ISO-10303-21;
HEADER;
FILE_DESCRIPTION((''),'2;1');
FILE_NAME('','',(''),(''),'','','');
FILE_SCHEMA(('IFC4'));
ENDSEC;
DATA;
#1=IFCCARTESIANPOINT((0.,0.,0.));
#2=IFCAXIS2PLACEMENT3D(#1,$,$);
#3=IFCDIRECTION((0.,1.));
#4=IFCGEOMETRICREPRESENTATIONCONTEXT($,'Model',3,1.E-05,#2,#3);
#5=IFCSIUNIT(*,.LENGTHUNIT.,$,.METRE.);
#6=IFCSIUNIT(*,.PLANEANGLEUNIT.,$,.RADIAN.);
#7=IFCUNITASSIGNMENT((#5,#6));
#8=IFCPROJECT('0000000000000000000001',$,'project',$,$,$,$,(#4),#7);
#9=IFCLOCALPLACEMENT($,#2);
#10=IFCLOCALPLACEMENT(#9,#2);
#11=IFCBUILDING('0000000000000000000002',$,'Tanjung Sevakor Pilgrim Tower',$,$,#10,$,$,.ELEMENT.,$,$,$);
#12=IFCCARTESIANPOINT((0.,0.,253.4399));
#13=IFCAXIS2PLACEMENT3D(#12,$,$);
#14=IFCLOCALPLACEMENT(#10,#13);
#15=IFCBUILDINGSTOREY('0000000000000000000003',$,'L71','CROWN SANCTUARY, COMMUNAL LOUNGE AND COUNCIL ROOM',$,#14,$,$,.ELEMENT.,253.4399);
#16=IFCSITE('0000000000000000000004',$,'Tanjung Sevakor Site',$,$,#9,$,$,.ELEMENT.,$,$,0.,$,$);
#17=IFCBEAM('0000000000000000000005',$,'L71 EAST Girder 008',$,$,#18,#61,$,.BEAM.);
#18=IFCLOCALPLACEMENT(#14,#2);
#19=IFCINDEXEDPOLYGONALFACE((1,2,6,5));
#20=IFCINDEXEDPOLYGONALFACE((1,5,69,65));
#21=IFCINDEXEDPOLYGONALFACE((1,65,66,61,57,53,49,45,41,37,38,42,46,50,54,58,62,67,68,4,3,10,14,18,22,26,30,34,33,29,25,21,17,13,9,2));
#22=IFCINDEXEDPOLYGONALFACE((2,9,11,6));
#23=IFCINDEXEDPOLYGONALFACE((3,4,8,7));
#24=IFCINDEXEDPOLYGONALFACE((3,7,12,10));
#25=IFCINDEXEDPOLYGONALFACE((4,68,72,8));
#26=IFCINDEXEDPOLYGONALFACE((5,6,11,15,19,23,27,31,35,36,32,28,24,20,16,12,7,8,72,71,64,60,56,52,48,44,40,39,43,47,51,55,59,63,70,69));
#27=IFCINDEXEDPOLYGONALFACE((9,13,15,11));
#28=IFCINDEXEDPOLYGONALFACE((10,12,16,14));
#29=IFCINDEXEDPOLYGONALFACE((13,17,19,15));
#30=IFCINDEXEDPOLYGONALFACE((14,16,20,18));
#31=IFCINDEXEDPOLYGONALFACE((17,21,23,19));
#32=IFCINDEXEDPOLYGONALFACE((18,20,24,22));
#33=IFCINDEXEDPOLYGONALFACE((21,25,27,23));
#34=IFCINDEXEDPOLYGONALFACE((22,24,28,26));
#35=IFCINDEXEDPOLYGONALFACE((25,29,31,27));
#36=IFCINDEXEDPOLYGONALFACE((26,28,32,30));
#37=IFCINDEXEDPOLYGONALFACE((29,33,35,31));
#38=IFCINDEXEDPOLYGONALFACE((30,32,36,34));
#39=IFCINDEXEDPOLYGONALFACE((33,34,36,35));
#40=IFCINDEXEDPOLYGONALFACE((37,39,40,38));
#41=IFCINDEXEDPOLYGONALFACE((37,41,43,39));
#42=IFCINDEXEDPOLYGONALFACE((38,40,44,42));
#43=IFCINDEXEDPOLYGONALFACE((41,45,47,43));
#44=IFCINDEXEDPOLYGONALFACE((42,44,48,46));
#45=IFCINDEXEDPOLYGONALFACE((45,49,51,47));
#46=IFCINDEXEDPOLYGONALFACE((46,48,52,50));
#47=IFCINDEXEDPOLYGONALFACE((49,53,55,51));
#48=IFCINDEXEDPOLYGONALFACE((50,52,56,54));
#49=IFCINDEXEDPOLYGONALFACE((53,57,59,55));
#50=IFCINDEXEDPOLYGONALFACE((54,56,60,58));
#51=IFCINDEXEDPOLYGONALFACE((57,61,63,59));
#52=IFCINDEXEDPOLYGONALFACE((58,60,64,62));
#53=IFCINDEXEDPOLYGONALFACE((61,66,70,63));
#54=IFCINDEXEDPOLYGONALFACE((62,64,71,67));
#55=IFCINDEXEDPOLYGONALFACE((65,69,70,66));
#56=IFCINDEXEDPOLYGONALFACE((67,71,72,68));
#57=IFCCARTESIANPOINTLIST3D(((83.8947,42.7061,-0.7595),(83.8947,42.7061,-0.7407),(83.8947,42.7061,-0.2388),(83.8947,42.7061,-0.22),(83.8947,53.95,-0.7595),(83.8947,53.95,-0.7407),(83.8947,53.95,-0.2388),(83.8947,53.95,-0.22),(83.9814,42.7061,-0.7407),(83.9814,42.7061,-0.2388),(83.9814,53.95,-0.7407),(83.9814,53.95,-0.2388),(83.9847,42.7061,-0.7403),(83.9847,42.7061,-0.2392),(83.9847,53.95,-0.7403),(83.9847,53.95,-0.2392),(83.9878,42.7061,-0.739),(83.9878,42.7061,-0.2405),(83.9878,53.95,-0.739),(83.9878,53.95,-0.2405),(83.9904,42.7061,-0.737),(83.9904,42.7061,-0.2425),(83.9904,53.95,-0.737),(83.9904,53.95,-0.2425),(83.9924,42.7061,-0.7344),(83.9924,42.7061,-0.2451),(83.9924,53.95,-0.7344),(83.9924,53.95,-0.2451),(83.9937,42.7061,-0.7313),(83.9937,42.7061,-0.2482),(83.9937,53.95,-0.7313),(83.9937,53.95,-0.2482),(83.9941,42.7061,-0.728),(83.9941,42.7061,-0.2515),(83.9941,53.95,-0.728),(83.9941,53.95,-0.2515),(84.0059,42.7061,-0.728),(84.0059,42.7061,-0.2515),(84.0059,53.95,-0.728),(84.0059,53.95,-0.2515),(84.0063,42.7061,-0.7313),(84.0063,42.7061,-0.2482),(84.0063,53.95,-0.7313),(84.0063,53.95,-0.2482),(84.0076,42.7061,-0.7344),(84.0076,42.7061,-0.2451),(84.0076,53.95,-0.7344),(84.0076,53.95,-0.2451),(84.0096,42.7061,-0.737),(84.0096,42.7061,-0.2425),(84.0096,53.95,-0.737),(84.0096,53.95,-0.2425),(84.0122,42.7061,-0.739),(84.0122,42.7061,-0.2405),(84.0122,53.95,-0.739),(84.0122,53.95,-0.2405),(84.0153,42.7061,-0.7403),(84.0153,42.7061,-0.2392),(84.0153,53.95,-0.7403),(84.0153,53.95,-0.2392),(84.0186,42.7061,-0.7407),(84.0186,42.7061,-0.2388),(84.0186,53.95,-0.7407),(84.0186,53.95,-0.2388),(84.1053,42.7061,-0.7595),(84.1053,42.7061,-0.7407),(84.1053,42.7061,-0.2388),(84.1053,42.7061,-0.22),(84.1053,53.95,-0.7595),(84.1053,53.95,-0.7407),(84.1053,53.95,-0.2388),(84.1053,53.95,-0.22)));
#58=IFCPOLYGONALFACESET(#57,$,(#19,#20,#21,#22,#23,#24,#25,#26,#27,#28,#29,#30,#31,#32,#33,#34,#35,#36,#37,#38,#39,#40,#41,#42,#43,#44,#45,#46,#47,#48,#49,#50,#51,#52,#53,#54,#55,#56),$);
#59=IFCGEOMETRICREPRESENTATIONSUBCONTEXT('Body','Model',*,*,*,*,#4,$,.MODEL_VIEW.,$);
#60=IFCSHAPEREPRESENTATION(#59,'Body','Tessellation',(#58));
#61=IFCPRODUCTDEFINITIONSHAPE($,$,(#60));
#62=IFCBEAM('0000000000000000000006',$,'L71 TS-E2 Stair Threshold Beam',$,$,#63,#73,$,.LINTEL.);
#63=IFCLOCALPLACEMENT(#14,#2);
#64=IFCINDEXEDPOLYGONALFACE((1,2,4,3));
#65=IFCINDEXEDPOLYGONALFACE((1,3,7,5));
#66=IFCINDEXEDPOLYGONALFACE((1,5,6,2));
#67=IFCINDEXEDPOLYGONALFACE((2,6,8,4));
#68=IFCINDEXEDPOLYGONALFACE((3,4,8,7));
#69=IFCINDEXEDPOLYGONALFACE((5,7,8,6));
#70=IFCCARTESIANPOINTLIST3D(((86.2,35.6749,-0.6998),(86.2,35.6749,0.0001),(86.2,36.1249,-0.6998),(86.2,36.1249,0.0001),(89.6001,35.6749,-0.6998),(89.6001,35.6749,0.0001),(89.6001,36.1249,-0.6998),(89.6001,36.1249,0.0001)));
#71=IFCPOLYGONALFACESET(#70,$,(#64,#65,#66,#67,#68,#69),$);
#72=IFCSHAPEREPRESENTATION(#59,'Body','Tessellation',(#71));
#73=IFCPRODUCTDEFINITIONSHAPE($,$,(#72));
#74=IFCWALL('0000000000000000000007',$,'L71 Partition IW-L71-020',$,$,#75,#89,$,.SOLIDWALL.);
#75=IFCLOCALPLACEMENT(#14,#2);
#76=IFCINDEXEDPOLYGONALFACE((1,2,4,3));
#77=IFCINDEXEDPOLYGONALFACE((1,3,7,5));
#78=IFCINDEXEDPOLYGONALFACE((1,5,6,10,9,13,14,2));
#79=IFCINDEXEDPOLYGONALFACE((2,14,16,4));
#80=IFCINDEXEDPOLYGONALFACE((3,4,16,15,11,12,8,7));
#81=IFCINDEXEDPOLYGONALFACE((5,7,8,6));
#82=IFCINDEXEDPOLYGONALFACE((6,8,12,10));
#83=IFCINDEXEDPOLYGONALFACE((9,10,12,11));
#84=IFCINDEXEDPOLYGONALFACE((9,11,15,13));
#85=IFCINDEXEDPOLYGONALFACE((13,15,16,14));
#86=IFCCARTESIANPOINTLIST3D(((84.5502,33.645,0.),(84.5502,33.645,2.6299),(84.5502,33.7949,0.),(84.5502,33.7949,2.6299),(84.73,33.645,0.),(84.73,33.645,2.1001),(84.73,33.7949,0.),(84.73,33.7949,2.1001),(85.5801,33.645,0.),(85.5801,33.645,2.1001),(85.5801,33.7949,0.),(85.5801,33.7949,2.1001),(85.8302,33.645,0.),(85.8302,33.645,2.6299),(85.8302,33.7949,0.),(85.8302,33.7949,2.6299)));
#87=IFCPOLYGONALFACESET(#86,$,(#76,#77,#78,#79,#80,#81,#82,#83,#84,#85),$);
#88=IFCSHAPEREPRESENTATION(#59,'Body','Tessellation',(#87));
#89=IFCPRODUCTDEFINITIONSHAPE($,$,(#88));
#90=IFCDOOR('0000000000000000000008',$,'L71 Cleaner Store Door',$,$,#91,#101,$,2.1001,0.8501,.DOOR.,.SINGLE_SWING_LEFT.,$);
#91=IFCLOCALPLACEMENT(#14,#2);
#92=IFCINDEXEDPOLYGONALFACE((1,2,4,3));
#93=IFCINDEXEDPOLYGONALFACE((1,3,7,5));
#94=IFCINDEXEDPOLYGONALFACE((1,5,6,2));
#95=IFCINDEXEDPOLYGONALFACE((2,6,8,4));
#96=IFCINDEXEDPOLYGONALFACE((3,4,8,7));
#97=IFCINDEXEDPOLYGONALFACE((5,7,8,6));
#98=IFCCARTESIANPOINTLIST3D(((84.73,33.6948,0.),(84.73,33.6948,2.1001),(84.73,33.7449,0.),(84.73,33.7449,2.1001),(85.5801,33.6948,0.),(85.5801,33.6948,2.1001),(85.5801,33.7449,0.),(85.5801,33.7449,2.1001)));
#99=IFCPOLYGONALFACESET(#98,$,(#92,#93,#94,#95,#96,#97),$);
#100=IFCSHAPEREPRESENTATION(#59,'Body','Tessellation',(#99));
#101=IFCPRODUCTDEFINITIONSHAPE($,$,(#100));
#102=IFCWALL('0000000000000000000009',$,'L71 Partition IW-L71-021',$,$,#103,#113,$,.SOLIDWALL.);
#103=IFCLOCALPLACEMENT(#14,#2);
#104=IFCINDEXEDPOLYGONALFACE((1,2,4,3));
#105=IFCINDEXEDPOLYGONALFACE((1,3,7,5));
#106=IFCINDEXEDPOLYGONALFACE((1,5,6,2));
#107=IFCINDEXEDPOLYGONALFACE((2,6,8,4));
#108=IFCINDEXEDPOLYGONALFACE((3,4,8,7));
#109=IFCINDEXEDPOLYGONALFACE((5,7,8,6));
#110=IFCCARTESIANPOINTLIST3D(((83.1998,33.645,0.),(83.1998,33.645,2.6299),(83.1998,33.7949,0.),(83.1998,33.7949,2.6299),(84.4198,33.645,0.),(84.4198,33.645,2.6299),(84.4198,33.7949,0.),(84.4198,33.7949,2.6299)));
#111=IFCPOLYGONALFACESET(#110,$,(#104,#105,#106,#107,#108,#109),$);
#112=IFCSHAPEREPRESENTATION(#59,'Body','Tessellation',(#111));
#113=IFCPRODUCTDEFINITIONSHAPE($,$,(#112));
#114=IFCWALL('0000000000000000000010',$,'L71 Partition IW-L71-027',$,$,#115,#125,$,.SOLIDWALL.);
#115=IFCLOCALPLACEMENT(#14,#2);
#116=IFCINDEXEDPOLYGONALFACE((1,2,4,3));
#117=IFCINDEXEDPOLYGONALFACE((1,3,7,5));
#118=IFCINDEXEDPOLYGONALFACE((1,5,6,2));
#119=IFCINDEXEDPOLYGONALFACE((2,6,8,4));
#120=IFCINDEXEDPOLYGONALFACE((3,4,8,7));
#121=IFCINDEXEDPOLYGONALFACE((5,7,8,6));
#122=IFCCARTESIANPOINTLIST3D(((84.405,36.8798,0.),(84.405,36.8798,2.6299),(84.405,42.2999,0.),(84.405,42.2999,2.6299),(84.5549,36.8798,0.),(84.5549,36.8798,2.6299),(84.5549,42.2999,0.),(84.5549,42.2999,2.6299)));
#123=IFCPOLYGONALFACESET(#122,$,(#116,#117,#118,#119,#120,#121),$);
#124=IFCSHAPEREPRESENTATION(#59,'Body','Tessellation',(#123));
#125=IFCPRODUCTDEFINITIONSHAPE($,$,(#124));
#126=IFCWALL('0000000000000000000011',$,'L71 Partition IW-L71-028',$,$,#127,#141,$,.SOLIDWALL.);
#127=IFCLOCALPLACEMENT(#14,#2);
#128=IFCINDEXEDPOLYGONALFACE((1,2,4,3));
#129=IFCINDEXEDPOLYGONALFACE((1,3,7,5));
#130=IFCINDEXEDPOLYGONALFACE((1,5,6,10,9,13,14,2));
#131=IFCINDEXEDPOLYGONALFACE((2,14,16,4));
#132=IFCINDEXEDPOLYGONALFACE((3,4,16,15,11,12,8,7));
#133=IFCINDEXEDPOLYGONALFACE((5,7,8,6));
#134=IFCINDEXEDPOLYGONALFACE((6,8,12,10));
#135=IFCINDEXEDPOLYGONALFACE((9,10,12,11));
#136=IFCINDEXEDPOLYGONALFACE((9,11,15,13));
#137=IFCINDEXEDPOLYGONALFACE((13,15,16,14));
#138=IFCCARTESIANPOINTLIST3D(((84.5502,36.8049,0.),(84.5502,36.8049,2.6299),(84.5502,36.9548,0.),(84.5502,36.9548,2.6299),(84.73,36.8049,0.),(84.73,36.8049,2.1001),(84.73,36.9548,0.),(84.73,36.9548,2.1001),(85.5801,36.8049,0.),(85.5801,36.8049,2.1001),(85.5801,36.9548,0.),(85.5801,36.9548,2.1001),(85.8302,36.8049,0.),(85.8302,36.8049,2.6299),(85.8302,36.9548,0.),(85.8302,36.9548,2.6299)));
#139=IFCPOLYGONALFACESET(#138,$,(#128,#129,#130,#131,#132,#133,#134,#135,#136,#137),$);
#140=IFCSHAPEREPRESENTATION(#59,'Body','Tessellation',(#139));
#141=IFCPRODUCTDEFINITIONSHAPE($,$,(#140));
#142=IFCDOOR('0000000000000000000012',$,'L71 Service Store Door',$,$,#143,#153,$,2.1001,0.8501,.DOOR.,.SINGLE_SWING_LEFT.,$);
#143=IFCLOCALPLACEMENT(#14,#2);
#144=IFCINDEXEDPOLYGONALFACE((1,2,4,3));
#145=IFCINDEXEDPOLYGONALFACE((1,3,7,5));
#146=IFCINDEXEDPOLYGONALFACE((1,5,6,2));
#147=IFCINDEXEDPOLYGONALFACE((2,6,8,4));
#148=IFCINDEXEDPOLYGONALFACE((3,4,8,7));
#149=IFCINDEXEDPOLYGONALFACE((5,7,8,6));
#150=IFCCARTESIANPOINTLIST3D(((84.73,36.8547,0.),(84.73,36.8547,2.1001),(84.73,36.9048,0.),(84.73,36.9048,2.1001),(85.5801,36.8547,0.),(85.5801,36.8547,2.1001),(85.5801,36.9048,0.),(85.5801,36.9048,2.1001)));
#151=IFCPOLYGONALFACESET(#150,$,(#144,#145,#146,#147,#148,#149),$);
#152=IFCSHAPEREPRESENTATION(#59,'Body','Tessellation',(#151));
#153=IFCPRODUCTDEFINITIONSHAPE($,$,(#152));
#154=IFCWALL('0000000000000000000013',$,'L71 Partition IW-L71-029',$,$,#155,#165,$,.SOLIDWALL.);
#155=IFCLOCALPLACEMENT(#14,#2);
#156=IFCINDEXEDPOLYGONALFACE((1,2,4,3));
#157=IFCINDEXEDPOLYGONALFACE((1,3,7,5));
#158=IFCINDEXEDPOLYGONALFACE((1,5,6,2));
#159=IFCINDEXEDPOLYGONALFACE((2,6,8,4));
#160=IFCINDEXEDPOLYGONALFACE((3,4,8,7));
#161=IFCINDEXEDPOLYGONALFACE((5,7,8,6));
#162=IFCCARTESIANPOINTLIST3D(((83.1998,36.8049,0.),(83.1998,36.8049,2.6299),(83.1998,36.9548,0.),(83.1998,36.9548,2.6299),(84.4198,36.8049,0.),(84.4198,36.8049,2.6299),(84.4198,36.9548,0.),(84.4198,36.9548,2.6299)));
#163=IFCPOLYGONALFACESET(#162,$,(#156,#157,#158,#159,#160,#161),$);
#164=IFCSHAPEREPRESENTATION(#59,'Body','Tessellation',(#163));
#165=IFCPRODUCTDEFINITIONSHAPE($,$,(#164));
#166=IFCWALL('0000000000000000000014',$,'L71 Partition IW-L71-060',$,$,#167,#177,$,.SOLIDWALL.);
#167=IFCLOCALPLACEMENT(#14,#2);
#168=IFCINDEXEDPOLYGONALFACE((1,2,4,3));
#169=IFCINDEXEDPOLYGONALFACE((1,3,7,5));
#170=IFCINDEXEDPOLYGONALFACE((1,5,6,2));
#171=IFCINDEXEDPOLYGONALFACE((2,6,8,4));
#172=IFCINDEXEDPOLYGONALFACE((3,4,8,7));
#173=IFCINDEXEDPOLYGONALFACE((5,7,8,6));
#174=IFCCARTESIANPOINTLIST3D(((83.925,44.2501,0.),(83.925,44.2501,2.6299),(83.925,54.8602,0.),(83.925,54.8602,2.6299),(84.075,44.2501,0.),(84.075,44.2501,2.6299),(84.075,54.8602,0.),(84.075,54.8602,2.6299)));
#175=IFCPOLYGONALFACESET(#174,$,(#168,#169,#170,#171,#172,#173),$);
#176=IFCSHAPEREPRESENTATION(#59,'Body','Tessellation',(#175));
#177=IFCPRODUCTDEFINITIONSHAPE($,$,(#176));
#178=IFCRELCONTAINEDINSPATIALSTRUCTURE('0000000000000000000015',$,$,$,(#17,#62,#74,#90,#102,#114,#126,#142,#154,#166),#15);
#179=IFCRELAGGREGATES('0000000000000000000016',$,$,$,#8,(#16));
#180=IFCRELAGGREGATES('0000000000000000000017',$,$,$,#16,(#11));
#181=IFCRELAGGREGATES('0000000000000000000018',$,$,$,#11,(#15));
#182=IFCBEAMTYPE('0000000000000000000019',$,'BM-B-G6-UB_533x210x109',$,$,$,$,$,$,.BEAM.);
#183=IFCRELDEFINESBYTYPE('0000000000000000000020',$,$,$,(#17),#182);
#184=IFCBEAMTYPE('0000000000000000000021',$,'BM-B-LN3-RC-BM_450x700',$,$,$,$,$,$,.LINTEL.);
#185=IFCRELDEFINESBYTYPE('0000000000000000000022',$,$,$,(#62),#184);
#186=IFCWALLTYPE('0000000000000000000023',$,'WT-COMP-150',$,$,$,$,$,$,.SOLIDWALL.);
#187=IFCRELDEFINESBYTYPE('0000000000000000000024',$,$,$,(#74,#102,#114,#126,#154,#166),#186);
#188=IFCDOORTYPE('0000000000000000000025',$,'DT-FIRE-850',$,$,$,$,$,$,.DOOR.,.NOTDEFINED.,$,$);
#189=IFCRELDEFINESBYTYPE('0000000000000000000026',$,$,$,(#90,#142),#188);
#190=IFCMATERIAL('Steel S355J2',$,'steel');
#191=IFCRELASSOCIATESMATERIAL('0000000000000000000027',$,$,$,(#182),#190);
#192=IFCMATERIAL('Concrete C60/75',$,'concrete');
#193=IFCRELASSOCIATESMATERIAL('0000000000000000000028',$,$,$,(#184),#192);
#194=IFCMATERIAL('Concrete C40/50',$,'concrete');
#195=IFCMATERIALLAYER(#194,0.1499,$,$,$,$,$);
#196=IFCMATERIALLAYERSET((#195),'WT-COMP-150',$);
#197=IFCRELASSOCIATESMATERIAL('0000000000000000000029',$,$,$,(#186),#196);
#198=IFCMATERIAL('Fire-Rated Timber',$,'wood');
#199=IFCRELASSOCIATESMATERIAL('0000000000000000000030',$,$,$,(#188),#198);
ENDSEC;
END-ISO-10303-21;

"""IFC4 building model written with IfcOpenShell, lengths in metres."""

from ifc_helpers import new_model, si_unit, direction, frame, frame_2d, origin, origin_2d, place, context, subcontext, project, spatial, rectangle, i_section, extrude, material, layer, layer_set, material_profile, profile_set, type_object, element, fill, save


model = new_model("IFC4")

# Units and contexts
model_context = context("Model", 3, precision=1e-05, world=origin(), true_north=direction((0.0, 1.0)))
body_context = subcontext(model_context, "Body", "Model", "MODEL_VIEW")
ifc_project = project(units=[si_unit("LENGTHUNIT", "METRE"), si_unit("PLANEANGLEUNIT", "RADIAN")], contexts=[model_context])

# Site, building, storey
site_placement = place(None, origin())
site = spatial("IfcSite", under=ifc_project, at=site_placement, Name="Tanjung Sevakor Site", CompositionType="ELEMENT", RefElevation=0.0)
building_placement = place(site_placement, origin())
building = spatial("IfcBuilding", under=site, at=building_placement, Name="Tanjung Sevakor Pilgrim Tower", CompositionType="ELEMENT")
storey_placement = place(building_placement, frame((0.0, 0.0, 253.4399)))
storey = spatial("IfcBuildingStorey", under=building, at=storey_placement, Name="L71", Description="CROWN SANCTUARY, COMMUNAL LOUNGE AND COUNCIL ROOM", CompositionType="ELEMENT", Elevation=253.4399)

# Beams
ifc_material_1 = material(Name="Steel S355J2", Category="steel")
ifc_material_profile_1 = material_profile(ifc_material_1, i_section(OverallWidth=0.2107, OverallDepth=0.5396, WebThickness=0.0117, FlangeThickness=0.0188, FilletRadius=0.0127, at=origin_2d()))
ifc_profile_set_1 = profile_set([ifc_material_profile_1], Name="Steel S355J2")
beam_type_1 = type_object("IfcBeamType", Name="BM-B-G6-UB_533x210x109", PredefinedType="BEAM", material=ifc_profile_set_1)
beam_1_placement = place(storey_placement, frame((84.0, 42.7061, -0.4897), z_axis=(0.0, 1.0, 0.0), x_axis=(-1.0, 0.0, 0.0)))
element("IfcBeam", 1, at=beam_1_placement, inside=storey, type_object=beam_type_1, Name="L71 EAST Girder 008", PredefinedType="BEAM", context=body_context, shape_type="SweptSolid", body=[
    extrude(i_section(OverallWidth=0.2107, OverallDepth=0.5396, WebThickness=0.0117, FlangeThickness=0.0188, FilletRadius=0.0127, at=origin_2d()), origin(), (0.0, 0.0, 1.0), 11.2439),
])
ifc_material_2 = material(Name="Concrete C60/75", Category="concrete")
ifc_material_profile_2 = material_profile(ifc_material_2, rectangle(XDim=0.45, YDim=0.7, at=origin_2d()))
ifc_profile_set_2 = profile_set([ifc_material_profile_2], Name="Concrete C60/75")
beam_type_2 = type_object("IfcBeamType", Name="BM-B-LN3-RC-BM_450x700", PredefinedType="LINTEL", material=ifc_profile_set_2)
beam_2_placement = place(storey_placement, frame((86.2, 35.8999, -0.3499), z_axis=(1.0, 0.0, 0.0), x_axis=(0.0, 1.0, 0.0)))
element("IfcBeam", 2, at=beam_2_placement, inside=storey, type_object=beam_type_2, Name="L71 TS-E2 Stair Threshold Beam", PredefinedType="LINTEL", context=body_context, shape_type="SweptSolid", body=[
    extrude(rectangle(XDim=0.45, YDim=0.7, at=origin_2d()), origin(), (0.0, 0.0, 1.0), 3.4001),
])

# Wall, opening, door
ifc_material_3 = material(Name="Concrete C40/50", Category="concrete")
ifc_layer_1 = layer(ifc_material_3, 0.1499)
ifc_layer_set_1 = layer_set([ifc_layer_1], Name="WT-COMP-150")
wall_type_1 = type_object("IfcWallType", Name="WT-COMP-150", PredefinedType="SOLIDWALL", material=ifc_layer_set_1)
wall_1_placement = place(storey_placement, frame((84.55, 33.72, 0.0), z_axis=(0.0, 0.0, 1.0), x_axis=(1.0, 0.0, 0.0)))
wall_1 = element("IfcWall", 3, at=wall_1_placement, inside=storey, type_object=wall_type_1, Name="L71 Partition IW-L71-020", PredefinedType="SOLIDWALL", context=body_context, shape_type="SweptSolid", body=[
    extrude(rectangle(XDim=1.28, YDim=0.1499, at=frame_2d((0.6401, 0.0))), origin(), (0.0, 0.0, 1.0), 2.6299),
])
opening_1_placement = place(wall_1_placement, frame((0.1799, 0.0, 0.0)))
opening_1 = element("IfcOpeningElement", 4, at=opening_1_placement, cuts=wall_1, PredefinedType="OPENING", context=body_context, shape_type="SweptSolid", body=[
    extrude(rectangle(XDim=0.8501, YDim=2.1001, at=frame_2d((0.425, 1.05))), frame((0.0, 0.085, 0.0), z_axis=(0.0, -1.0, 0.0), x_axis=(1.0, 0.0, 0.0)), (0.0, 0.0, 1.0), 0.1699),
])
ifc_material_4 = material(Name="Fire-Rated Timber", Category="wood")
door_type = type_object("IfcDoorType", Name="DT-FIRE-850", OperationType="NOTDEFINED", PredefinedType="DOOR", material=ifc_material_4)
door_1_placement = place(opening_1_placement, origin())
door_1 = element("IfcDoor", 5, at=door_1_placement, inside=storey, type_object=door_type, Name="L71 Cleaner Store Door", OperationType="SINGLE_SWING_LEFT", OverallHeight=2.1001, OverallWidth=0.8501, PredefinedType="DOOR", context=body_context, shape_type="SweptSolid", body=[
    extrude(rectangle(XDim=0.8501, YDim=2.1001, at=frame_2d((0.425, 1.05))), frame((0.0, 0.0249, 0.0), z_axis=(0.0, -1.0, 0.0), x_axis=(1.0, 0.0, 0.0)), (0.0, 0.0, 1.0), 0.05),
])
fill(opening_1, door_1)

# Walls
wall_2_placement = place(storey_placement, frame((83.2, 33.72, 0.0), z_axis=(0.0, 0.0, 1.0), x_axis=(1.0, 0.0, 0.0)))
element("IfcWall", 6, at=wall_2_placement, inside=storey, type_object=wall_type_1, Name="L71 Partition IW-L71-021", PredefinedType="SOLIDWALL", context=body_context, shape_type="SweptSolid", body=[
    extrude(rectangle(XDim=1.22, YDim=0.1499, at=frame_2d((0.6099, 0.0))), origin(), (0.0, 0.0, 1.0), 2.6299),
])
wall_3_placement = place(storey_placement, frame((84.48, 36.8799, 0.0), z_axis=(0.0, 0.0, 1.0), x_axis=(0.0, 1.0, 0.0)))
element("IfcWall", 7, at=wall_3_placement, inside=storey, type_object=wall_type_1, Name="L71 Partition IW-L71-027", PredefinedType="SOLIDWALL", context=body_context, shape_type="SweptSolid", body=[
    extrude(rectangle(XDim=5.4202, YDim=0.1499, at=frame_2d((2.71, 0.0))), origin(), (0.0, 0.0, 1.0), 2.6299),
])

# Wall, opening, door
wall_4_placement = place(storey_placement, frame((84.55, 36.8799, 0.0), z_axis=(0.0, 0.0, 1.0), x_axis=(1.0, 0.0, 0.0)))
wall_4 = element("IfcWall", 8, at=wall_4_placement, inside=storey, type_object=wall_type_1, Name="L71 Partition IW-L71-028", PredefinedType="SOLIDWALL", context=body_context, shape_type="SweptSolid", body=[
    extrude(rectangle(XDim=1.28, YDim=0.1499, at=frame_2d((0.6401, 0.0))), origin(), (0.0, 0.0, 1.0), 2.6299),
])
opening_2_placement = place(wall_4_placement, frame((0.1799, 0.0, 0.0)))
opening_2 = element("IfcOpeningElement", 9, at=opening_2_placement, cuts=wall_4, PredefinedType="OPENING", context=body_context, shape_type="SweptSolid", body=[
    extrude(rectangle(XDim=0.8501, YDim=2.1001, at=frame_2d((0.425, 1.05))), frame((0.0, 0.085, 0.0), z_axis=(0.0, -1.0, 0.0), x_axis=(1.0, 0.0, 0.0)), (0.0, 0.0, 1.0), 0.1699),
])
door_2_placement = place(opening_2_placement, origin())
door_2 = element("IfcDoor", 10, at=door_2_placement, inside=storey, type_object=door_type, Name="L71 Service Store Door", OperationType="SINGLE_SWING_LEFT", OverallHeight=2.1001, OverallWidth=0.8501, PredefinedType="DOOR", context=body_context, shape_type="SweptSolid", body=[
    extrude(rectangle(XDim=0.8501, YDim=2.1001, at=frame_2d((0.425, 1.05))), frame((0.0, 0.0249, 0.0), z_axis=(0.0, -1.0, 0.0), x_axis=(1.0, 0.0, 0.0)), (0.0, 0.0, 1.0), 0.05),
])
fill(opening_2, door_2)

# Walls
wall_5_placement = place(storey_placement, frame((83.2, 36.8799, 0.0), z_axis=(0.0, 0.0, 1.0), x_axis=(1.0, 0.0, 0.0)))
element("IfcWall", 11, at=wall_5_placement, inside=storey, type_object=wall_type_1, Name="L71 Partition IW-L71-029", PredefinedType="SOLIDWALL", context=body_context, shape_type="SweptSolid", body=[
    extrude(rectangle(XDim=1.22, YDim=0.1499, at=frame_2d((0.6099, 0.0))), origin(), (0.0, 0.0, 1.0), 2.6299),
])
wall_6_placement = place(storey_placement, frame((84.0, 44.25, 0.0), z_axis=(0.0, 0.0, 1.0), x_axis=(0.0, 1.0, 0.0)))
element("IfcWall", 12, at=wall_6_placement, inside=storey, type_object=wall_type_1, Name="L71 Partition IW-L71-060", PredefinedType="SOLIDWALL", context=body_context, shape_type="SweptSolid", body=[
    extrude(rectangle(XDim=10.6101, YDim=0.1499, at=frame_2d((5.3052, 0.0))), origin(), (0.0, 0.0, 1.0), 2.6299),
])

save(model, "model.ifc")
